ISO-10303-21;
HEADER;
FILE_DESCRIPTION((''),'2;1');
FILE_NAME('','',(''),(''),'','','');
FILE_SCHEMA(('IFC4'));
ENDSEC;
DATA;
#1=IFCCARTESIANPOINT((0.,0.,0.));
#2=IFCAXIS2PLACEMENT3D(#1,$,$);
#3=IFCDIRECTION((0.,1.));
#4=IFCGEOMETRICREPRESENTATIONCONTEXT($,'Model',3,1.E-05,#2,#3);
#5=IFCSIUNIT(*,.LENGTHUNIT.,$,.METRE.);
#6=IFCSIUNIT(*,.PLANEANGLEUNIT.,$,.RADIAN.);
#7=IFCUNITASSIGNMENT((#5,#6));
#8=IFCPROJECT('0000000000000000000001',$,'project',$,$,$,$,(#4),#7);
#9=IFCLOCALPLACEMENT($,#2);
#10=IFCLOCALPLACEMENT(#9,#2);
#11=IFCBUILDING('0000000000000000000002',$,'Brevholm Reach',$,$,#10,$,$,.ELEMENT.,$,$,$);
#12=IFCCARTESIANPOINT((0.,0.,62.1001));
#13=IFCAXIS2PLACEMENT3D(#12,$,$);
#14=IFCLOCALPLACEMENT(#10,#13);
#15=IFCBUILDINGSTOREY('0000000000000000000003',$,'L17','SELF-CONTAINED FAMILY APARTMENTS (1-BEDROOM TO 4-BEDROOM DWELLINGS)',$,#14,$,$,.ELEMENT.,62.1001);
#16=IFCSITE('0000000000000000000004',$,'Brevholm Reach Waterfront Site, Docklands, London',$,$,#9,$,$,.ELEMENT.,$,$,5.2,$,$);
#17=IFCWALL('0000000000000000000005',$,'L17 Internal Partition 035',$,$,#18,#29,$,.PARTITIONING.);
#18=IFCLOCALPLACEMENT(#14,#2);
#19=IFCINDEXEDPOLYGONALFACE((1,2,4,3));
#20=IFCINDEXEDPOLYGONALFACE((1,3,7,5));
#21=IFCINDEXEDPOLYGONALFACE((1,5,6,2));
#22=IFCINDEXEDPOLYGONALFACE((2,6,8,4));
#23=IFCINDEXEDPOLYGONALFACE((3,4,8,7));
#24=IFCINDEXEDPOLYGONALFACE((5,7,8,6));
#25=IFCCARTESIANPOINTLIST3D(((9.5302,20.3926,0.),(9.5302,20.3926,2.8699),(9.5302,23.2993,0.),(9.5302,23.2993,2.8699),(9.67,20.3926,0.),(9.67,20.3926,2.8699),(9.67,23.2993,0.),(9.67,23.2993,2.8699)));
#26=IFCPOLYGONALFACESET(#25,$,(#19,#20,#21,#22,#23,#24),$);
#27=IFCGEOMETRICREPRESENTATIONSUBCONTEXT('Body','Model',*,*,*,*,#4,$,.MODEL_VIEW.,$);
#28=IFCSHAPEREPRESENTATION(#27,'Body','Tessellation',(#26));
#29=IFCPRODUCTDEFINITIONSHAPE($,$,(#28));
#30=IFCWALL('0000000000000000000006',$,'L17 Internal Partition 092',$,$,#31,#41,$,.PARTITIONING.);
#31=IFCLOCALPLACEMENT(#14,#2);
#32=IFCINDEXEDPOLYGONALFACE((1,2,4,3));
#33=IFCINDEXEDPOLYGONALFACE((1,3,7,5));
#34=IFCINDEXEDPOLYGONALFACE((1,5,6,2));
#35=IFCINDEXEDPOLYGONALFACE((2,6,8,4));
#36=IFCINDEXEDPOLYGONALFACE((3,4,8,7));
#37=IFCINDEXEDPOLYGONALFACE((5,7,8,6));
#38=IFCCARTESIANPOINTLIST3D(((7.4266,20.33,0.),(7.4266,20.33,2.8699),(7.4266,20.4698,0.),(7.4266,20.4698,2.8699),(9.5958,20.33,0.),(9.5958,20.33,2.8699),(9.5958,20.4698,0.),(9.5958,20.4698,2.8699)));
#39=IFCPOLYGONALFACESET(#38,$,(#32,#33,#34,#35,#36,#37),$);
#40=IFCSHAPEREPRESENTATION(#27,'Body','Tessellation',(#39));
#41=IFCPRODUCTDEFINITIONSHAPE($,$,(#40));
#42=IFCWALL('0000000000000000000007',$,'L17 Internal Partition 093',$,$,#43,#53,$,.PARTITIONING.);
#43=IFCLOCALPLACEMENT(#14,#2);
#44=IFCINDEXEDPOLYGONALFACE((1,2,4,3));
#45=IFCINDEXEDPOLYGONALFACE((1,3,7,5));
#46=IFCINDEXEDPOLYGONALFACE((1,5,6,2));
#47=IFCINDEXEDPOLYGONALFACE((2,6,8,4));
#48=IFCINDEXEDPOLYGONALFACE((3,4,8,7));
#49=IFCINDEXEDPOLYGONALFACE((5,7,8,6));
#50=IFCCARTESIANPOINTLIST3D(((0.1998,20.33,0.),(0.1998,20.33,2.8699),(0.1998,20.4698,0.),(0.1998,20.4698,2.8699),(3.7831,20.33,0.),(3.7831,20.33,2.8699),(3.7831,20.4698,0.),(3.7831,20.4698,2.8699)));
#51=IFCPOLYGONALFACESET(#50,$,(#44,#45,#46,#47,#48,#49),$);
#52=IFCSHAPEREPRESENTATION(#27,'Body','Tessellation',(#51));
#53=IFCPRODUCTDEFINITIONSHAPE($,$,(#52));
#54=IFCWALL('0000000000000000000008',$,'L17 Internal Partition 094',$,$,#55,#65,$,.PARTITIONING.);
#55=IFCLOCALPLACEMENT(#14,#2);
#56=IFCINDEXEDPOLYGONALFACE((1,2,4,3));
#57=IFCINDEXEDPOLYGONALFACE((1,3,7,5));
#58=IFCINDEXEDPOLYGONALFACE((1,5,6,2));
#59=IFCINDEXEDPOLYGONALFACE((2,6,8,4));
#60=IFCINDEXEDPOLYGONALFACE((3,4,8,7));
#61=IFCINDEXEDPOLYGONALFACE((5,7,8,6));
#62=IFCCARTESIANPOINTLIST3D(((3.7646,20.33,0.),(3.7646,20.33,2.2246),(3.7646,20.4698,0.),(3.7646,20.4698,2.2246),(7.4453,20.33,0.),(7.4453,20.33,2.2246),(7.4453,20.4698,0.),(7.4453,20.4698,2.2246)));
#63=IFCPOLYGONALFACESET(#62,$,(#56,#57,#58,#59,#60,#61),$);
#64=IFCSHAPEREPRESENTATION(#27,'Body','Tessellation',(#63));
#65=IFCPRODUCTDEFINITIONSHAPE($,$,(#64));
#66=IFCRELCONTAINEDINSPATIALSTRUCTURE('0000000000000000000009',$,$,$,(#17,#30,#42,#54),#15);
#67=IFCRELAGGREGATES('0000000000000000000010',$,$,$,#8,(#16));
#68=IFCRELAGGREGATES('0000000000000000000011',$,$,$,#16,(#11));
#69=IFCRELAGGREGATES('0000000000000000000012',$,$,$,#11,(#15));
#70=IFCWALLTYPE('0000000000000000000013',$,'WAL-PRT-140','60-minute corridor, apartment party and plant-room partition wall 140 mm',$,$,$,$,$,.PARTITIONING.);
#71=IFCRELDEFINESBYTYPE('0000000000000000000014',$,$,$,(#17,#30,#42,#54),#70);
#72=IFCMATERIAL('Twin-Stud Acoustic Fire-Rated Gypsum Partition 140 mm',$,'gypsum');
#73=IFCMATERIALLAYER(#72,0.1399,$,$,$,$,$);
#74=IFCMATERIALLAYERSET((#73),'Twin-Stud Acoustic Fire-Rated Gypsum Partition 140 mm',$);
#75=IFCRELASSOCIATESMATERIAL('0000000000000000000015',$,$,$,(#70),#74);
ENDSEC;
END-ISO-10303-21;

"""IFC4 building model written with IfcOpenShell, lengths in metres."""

from ifc_helpers import new_model, si_unit, direction, frame, frame_2d, origin, place, context, subcontext, project, spatial, rectangle, extrude, material, layer, layer_set, type_object, element, save


model = new_model("IFC4")

# Units and contexts
model_context = context("Model", 3, precision=1e-05, world=origin(), true_north=direction((0.0, 1.0)))
body_context = subcontext(model_context, "Body", "Model", "MODEL_VIEW")
ifc_project = project(units=[si_unit("LENGTHUNIT", "METRE"), si_unit("PLANEANGLEUNIT", "RADIAN")], contexts=[model_context])

# Site, building, storey
site_placement = place(None, origin())
site = spatial("IfcSite", under=ifc_project, at=site_placement, Name="Brevholm Reach Waterfront Site, Docklands, London", CompositionType="ELEMENT", RefElevation=5.2)
building_placement = place(site_placement, origin())
building = spatial("IfcBuilding", under=site, at=building_placement, Name="Brevholm Reach", CompositionType="ELEMENT")
storey_placement = place(building_placement, frame((0.0, 0.0, 62.1001)))
storey = spatial("IfcBuildingStorey", under=building, at=storey_placement, Name="L17", Description="SELF-CONTAINED FAMILY APARTMENTS (1-BEDROOM TO 4-BEDROOM DWELLINGS)", CompositionType="ELEMENT", Elevation=62.1001)

# Walls
ifc_material_1 = material(Name="Twin-Stud Acoustic Fire-Rated Gypsum Partition 140 mm", Category="gypsum")
ifc_layer_1 = layer(ifc_material_1, 0.1399)
ifc_layer_set_1 = layer_set([ifc_layer_1], Name="Twin-Stud Acoustic Fire-Rated Gypsum Partition 140 mm")
wall_type_1 = type_object("IfcWallType", Name="WAL-PRT-140", Description="60-minute corridor, apartment party and plant-room partition wall 140 mm", PredefinedType="PARTITIONING", material=ifc_layer_set_1)
wall_1_placement = place(storey_placement, frame((9.6001, 20.3926, 0.0), z_axis=(0.0, 0.0, 1.0), x_axis=(0.0, 1.0, 0.0)))
element("IfcWall", 1, at=wall_1_placement, inside=storey, type_object=wall_type_1, Name="L17 Internal Partition 035", PredefinedType="PARTITIONING", context=body_context, shape_type="SweptSolid", body=[
    extrude(rectangle(XDim=2.9067, YDim=0.1399, at=frame_2d((1.4534, 0.0))), origin(), (0.0, 0.0, 1.0), 2.8699),
])
wall_2_placement = place(storey_placement, frame((7.4268, 20.3999, 0.0), z_axis=(0.0, 0.0, 1.0), x_axis=(1.0, 0.0, 0.0)))
element("IfcWall", 2, at=wall_2_placement, inside=storey, type_object=wall_type_1, Name="L17 Internal Partition 092", PredefinedType="PARTITIONING", context=body_context, shape_type="SweptSolid", body=[
    extrude(rectangle(XDim=2.1692, YDim=0.1399, at=frame_2d((1.0845, 0.0))), origin(), (0.0, 0.0, 1.0), 2.8699),
])
wall_3_placement = place(storey_placement, frame((0.2, 20.3999, 0.0), z_axis=(0.0, 0.0, 1.0), x_axis=(1.0, 0.0, 0.0)))
element("IfcWall", 3, at=wall_3_placement, inside=storey, type_object=wall_type_1, Name="L17 Internal Partition 093", PredefinedType="PARTITIONING", context=body_context, shape_type="SweptSolid", body=[
    extrude(rectangle(XDim=3.5833, YDim=0.1399, at=frame_2d((1.7915, 0.0))), origin(), (0.0, 0.0, 1.0), 2.8699),
])
wall_4_placement = place(storey_placement, frame((3.7646, 20.3999, 0.0), z_axis=(0.0, 0.0, 1.0), x_axis=(1.0, 0.0, 0.0)))
element("IfcWall", 4, at=wall_4_placement, inside=storey, type_object=wall_type_1, Name="L17 Internal Partition 094", PredefinedType="PARTITIONING", context=body_context, shape_type="SweptSolid", body=[
    extrude(rectangle(XDim=3.6807, YDim=0.1399, at=frame_2d((1.8403, 0.0))), origin(), (0.0, 0.0, 1.0), 2.2246),
])

save(model, "model.ifc")
